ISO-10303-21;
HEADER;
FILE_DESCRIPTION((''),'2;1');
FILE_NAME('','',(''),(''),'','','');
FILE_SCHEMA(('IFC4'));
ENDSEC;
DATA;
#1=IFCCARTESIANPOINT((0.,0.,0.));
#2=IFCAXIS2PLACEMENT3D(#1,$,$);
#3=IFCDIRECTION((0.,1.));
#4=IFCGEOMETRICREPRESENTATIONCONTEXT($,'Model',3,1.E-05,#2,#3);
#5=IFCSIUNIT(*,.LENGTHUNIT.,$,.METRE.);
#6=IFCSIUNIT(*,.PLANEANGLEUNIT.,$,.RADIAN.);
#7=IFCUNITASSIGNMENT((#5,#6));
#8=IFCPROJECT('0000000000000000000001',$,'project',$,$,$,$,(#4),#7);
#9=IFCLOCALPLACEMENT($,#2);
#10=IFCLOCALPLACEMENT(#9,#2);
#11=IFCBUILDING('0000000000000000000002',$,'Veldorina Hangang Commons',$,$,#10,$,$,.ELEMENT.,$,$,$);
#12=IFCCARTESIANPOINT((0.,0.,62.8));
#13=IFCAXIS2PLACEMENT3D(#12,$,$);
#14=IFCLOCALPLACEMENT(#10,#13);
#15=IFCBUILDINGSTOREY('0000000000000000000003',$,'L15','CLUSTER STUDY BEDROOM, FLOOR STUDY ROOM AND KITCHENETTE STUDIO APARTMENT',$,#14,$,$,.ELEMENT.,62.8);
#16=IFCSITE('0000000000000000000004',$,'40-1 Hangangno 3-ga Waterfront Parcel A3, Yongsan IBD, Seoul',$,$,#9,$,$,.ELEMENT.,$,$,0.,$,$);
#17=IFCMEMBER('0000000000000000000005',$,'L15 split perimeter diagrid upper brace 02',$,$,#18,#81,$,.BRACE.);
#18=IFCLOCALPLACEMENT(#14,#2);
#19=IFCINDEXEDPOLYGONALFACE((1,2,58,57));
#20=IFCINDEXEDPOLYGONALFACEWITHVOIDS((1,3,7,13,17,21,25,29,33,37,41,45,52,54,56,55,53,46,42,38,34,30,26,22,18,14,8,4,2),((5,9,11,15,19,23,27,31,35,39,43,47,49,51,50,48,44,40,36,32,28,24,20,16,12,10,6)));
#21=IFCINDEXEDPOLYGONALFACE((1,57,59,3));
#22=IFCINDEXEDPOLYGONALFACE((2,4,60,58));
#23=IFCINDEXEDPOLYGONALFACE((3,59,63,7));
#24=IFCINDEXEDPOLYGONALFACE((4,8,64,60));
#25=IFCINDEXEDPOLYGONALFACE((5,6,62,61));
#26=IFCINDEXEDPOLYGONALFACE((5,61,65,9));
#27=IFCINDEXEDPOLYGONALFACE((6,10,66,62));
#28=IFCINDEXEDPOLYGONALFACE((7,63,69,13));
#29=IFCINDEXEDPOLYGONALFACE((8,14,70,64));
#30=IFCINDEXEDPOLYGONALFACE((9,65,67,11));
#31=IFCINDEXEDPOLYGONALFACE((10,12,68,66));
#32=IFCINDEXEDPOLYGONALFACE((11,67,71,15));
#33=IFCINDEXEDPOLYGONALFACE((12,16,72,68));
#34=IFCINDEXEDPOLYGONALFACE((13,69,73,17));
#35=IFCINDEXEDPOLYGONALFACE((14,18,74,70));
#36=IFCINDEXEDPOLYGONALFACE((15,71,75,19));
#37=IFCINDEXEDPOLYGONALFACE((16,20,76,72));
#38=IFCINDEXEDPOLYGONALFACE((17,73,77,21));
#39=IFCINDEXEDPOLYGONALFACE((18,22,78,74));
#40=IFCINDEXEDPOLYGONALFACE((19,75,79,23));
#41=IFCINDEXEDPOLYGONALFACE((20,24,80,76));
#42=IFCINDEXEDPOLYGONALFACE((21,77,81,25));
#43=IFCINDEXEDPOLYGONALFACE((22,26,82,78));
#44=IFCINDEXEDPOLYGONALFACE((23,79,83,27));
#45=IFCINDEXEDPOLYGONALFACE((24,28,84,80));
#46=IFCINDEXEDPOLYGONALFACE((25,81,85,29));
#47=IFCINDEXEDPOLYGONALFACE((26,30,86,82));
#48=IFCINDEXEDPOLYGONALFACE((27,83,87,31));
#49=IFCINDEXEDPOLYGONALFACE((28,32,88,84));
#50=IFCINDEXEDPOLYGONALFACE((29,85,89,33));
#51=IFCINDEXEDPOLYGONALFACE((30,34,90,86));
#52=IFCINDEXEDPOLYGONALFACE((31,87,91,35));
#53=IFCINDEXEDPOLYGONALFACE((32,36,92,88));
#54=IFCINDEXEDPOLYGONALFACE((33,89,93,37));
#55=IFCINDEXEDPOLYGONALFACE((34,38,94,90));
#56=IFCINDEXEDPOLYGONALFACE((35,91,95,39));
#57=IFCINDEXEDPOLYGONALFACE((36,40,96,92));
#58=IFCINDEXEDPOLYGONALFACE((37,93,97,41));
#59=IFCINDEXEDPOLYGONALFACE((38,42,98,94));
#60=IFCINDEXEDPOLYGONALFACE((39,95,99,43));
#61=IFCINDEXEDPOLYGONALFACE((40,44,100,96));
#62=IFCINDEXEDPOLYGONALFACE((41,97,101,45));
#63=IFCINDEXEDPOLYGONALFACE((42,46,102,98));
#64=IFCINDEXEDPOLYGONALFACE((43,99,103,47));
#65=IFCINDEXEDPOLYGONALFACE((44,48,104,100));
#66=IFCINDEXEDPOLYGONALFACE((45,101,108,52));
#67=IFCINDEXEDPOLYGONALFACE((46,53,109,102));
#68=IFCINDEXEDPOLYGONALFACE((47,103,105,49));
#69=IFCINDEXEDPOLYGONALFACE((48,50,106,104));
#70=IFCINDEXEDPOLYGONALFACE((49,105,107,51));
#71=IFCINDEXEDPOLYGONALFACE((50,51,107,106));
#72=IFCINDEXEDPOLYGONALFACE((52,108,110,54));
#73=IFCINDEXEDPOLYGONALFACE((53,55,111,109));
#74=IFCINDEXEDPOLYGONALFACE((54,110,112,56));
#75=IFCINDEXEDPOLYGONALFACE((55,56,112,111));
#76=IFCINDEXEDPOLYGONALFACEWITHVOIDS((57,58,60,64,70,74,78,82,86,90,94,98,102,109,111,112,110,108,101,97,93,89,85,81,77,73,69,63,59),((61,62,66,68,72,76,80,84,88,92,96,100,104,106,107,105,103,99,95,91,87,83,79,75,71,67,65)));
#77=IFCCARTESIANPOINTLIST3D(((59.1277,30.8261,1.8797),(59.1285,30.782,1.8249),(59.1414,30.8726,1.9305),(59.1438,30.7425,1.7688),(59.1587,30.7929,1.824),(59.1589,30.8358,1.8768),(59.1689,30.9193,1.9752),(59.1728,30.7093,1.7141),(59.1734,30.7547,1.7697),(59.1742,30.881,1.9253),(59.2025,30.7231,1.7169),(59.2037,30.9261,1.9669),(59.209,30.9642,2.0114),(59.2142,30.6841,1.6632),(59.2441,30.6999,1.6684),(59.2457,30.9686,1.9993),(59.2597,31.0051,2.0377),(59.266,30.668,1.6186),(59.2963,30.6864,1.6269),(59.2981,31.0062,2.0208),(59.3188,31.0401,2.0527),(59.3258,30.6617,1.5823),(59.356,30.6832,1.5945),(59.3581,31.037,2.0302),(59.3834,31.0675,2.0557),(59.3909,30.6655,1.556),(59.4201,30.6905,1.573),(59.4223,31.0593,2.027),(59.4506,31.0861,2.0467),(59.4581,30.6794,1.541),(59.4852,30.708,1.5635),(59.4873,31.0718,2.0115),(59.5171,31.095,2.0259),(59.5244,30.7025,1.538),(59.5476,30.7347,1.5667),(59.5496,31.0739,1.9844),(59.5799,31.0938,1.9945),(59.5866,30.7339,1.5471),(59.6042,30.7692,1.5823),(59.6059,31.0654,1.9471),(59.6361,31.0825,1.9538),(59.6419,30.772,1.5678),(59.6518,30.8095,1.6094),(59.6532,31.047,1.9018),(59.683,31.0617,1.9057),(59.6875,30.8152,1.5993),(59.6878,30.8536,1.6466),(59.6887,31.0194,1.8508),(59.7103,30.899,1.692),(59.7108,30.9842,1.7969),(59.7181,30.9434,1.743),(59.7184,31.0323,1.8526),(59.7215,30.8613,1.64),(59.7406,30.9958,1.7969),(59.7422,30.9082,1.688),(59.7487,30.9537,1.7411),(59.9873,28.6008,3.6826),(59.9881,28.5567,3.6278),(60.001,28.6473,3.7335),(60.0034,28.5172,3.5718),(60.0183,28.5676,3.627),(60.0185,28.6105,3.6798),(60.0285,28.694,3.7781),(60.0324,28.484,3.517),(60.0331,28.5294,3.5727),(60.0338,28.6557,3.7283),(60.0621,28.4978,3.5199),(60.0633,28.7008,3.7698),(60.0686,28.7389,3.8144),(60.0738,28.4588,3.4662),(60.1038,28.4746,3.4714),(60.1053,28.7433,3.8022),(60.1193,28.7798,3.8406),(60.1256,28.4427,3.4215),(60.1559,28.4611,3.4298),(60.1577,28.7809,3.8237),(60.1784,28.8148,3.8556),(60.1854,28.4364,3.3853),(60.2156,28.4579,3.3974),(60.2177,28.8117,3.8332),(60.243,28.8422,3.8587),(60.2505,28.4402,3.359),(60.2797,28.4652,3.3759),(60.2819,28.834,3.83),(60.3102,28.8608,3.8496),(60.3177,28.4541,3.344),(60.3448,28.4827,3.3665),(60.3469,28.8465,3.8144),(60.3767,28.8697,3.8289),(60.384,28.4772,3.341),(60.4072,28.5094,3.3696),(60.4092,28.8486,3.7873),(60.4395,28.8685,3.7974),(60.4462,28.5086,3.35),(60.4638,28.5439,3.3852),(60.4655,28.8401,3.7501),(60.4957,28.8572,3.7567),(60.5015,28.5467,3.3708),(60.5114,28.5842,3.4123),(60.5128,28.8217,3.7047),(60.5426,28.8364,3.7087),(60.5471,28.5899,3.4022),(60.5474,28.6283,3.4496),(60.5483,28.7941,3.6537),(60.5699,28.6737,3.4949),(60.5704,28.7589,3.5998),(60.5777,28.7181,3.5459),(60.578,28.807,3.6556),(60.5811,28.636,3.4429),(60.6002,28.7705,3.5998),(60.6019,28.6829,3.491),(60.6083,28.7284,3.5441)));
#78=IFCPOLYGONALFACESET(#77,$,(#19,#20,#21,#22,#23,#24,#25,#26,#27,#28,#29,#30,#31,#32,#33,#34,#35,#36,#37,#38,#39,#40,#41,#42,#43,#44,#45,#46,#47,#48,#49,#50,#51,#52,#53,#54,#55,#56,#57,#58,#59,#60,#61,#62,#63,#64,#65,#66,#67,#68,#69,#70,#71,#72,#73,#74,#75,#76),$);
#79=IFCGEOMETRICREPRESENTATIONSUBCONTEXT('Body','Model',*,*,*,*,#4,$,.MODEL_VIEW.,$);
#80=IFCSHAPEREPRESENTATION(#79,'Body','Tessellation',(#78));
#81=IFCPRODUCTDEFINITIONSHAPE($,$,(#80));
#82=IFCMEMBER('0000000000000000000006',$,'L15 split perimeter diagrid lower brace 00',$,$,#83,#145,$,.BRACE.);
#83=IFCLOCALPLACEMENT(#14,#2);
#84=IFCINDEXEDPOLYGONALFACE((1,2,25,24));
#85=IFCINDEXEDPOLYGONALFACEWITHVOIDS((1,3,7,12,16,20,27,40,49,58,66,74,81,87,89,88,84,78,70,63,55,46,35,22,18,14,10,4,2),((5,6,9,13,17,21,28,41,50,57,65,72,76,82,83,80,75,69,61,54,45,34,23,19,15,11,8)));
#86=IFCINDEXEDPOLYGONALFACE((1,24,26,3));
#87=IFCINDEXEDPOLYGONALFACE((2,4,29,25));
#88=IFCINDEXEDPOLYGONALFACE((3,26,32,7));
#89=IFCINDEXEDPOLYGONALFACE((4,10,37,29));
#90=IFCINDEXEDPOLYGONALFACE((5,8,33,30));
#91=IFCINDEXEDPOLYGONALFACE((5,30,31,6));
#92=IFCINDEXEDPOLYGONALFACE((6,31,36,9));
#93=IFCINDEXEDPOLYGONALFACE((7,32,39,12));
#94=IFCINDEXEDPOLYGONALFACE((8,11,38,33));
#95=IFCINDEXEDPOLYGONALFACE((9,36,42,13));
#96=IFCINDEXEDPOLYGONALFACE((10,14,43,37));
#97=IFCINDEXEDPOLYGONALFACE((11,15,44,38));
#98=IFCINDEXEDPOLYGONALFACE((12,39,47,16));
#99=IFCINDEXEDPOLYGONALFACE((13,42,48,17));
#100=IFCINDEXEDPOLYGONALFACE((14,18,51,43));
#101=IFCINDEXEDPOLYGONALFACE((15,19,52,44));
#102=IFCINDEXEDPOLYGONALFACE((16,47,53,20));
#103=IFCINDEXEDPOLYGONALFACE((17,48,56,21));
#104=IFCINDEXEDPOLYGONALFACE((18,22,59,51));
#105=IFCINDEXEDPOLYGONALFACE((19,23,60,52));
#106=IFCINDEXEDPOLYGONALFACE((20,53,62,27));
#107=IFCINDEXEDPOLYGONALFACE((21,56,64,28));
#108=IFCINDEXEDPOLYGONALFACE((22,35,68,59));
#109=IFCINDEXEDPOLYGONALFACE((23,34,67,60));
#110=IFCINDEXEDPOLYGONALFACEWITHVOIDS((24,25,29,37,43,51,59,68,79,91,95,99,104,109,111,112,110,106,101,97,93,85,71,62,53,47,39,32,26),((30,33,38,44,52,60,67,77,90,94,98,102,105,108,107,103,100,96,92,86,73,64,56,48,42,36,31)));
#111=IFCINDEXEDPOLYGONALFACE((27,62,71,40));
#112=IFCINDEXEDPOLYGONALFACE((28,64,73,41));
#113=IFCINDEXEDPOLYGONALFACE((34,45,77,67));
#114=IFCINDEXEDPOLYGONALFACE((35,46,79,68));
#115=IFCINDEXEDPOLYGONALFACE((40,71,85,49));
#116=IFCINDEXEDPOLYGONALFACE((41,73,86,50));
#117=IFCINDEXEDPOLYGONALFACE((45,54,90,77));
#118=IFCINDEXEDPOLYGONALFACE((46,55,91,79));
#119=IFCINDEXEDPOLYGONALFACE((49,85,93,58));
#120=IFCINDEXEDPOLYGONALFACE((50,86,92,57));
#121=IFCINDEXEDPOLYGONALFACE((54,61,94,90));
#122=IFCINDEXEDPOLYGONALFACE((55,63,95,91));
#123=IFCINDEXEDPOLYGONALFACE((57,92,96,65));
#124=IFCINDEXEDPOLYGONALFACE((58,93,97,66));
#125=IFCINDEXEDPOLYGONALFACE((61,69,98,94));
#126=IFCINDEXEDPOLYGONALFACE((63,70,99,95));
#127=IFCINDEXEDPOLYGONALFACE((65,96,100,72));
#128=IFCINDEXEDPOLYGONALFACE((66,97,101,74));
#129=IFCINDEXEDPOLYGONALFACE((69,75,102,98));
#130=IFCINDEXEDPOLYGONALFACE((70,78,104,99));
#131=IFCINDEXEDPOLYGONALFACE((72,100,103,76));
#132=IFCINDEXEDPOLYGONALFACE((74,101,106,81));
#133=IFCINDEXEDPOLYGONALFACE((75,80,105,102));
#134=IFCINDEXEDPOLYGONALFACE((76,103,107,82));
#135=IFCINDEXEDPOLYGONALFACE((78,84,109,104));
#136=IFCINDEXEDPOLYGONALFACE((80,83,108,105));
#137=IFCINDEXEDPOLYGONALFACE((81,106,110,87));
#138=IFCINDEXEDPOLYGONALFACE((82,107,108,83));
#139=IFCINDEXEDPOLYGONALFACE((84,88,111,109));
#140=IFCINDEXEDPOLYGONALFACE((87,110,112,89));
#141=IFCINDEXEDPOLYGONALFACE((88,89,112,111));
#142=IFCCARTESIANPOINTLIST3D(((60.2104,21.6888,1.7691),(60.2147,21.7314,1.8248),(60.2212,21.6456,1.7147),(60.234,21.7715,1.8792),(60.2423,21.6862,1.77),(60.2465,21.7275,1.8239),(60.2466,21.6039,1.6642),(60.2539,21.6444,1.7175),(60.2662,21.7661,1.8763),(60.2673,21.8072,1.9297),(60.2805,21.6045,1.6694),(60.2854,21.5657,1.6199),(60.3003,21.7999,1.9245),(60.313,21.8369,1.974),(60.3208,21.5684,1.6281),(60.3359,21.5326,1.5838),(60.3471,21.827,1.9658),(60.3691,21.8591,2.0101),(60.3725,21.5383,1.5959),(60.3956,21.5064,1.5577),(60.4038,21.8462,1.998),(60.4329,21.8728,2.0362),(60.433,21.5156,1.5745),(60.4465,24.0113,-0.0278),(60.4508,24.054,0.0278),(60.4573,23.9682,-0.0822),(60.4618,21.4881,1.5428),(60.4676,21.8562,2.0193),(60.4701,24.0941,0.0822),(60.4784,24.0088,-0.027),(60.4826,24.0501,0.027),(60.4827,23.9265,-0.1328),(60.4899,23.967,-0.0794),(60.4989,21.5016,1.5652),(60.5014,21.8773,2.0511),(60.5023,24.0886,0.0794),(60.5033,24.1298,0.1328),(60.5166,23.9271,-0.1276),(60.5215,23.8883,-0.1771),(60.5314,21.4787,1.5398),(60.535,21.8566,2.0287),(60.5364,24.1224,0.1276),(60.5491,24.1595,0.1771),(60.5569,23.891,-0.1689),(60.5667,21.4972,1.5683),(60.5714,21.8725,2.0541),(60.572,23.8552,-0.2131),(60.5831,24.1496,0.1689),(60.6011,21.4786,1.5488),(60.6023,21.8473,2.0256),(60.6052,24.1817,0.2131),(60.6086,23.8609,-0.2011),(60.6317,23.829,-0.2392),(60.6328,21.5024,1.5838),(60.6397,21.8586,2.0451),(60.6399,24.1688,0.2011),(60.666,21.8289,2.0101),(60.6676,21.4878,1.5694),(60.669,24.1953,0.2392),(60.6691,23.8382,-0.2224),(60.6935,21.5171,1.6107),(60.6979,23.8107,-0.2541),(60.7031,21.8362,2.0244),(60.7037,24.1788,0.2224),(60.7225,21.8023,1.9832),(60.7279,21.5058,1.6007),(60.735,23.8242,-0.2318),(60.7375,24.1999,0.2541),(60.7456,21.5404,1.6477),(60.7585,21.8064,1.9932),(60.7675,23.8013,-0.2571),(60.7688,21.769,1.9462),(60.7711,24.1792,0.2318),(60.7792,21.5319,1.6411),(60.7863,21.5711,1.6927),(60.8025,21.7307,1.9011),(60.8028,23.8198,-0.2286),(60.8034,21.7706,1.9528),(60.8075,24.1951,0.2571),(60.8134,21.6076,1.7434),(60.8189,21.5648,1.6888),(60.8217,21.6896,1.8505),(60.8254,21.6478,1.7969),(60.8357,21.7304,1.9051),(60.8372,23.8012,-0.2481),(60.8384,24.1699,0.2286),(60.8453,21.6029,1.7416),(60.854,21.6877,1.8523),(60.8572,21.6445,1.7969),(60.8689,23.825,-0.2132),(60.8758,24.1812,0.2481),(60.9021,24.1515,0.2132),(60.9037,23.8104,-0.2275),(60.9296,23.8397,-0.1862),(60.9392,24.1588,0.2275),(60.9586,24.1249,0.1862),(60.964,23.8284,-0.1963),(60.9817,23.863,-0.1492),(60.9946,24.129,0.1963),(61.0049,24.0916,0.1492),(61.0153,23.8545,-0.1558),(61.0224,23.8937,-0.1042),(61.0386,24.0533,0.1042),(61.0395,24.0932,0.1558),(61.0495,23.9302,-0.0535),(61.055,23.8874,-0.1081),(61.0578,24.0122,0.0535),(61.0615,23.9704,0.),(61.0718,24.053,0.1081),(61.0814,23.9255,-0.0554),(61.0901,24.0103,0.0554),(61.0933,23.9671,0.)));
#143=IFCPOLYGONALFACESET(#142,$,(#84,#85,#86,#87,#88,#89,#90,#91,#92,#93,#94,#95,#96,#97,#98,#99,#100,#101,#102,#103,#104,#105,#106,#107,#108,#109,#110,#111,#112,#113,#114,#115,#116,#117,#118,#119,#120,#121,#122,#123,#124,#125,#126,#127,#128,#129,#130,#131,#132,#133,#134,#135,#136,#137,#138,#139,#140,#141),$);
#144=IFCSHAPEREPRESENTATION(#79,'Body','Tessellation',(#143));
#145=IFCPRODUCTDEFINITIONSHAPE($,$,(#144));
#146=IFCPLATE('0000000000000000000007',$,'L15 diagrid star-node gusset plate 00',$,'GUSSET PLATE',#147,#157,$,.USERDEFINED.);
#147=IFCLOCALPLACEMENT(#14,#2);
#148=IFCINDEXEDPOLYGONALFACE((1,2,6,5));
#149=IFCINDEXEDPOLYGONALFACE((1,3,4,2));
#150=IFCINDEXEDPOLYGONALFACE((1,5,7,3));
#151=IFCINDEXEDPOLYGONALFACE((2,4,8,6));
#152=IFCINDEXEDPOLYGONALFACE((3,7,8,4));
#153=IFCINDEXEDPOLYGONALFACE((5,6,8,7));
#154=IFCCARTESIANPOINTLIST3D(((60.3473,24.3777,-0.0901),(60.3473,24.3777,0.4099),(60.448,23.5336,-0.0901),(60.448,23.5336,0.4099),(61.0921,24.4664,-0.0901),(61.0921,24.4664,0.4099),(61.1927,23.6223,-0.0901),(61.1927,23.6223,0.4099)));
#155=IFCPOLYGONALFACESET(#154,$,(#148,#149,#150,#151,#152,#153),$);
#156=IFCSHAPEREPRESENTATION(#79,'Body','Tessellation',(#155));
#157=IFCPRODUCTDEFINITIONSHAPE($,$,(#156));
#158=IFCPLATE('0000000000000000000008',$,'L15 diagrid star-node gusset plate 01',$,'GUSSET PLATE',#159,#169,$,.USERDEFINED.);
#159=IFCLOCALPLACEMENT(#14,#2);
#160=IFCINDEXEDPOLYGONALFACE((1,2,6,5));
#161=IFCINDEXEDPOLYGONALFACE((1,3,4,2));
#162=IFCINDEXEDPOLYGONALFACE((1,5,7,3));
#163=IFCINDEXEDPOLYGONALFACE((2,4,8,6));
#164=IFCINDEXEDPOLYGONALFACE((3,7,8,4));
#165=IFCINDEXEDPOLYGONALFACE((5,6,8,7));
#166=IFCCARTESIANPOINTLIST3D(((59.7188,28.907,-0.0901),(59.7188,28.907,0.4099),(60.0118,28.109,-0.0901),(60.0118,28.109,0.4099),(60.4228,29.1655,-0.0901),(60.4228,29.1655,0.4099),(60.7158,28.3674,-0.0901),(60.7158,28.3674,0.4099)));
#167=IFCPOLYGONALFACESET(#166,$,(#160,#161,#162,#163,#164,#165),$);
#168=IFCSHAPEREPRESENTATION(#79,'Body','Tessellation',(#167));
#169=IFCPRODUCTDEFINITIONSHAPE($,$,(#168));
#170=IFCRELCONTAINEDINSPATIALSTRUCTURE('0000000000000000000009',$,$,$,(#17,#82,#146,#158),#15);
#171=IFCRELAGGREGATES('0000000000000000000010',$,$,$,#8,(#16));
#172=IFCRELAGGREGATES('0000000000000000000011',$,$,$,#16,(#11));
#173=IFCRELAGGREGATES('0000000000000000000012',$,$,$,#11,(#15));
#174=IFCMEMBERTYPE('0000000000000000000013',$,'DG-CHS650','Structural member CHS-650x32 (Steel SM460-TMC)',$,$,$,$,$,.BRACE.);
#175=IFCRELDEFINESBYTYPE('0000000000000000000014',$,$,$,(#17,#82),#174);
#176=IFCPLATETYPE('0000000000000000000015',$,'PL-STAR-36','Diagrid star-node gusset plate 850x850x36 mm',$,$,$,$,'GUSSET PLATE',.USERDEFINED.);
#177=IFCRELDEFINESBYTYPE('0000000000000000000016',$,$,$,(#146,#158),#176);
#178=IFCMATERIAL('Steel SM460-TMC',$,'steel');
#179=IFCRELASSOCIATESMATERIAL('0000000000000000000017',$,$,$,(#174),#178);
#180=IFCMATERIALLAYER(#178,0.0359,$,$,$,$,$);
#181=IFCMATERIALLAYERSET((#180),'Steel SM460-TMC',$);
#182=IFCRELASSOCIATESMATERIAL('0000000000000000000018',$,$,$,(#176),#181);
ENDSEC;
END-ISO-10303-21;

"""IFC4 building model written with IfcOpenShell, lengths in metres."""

from ifc_helpers import new_model, si_unit, direction, frame, origin, origin_2d, place, context, subcontext, project, spatial, rectangle, hollow_circle, extrude, material, layer, layer_set, material_profile, profile_set, type_object, element, save


model = new_model("IFC4")

# Units and contexts
model_context = context("Model", 3, precision=1e-05, world=origin(), true_north=direction((0.0, 1.0)))
body_context = subcontext(model_context, "Body", "Model", "MODEL_VIEW")
ifc_project = project(units=[si_unit("LENGTHUNIT", "METRE"), si_unit("PLANEANGLEUNIT", "RADIAN")], contexts=[model_context])

# Site, building, storey
site_placement = place(None, origin())
site = spatial("IfcSite", under=ifc_project, at=site_placement, Name="40-1 Hangangno 3-ga Waterfront Parcel A3, Yongsan IBD, Seoul", CompositionType="ELEMENT", RefElevation=0.0)
building_placement = place(site_placement, origin())
building = spatial("IfcBuilding", under=site, at=building_placement, Name="Veldorina Hangang Commons", CompositionType="ELEMENT")
storey_placement = place(building_placement, frame((0.0, 0.0, 62.8)))
storey = spatial("IfcBuildingStorey", under=building, at=storey_placement, Name="L15", Description="CLUSTER STUDY BEDROOM, FLOOR STUDY ROOM AND KITCHENETTE STUDIO APARTMENT", CompositionType="ELEMENT", Elevation=62.8)

# Members
ifc_material_1 = material(Name="Steel SM460-TMC", Category="steel")
ifc_material_profile_1 = material_profile(ifc_material_1, hollow_circle(Radius=0.325, WallThickness=0.032, at=origin_2d()), Name="CHS-650x32")
ifc_profile_set_1 = profile_set([ifc_material_profile_1], Name="Steel SM460-TMC")
member_type = type_object("IfcMemberType", Name="DG-CHS650", Description="Structural member CHS-650x32 (Steel SM460-TMC)", PredefinedType="BRACE", material=ifc_profile_set_1)
member_1_placement = place(storey_placement, frame((59.4375, 30.8787, 1.7969), z_axis=(0.28747, -0.74419, 0.602945), x_axis=(0.932822, 0.360337, 0.0)))
element("IfcMember", 1, at=member_1_placement, inside=storey, type_object=member_type, Name="L15 split perimeter diagrid upper brace 02", PredefinedType="BRACE", context=body_context, shape_type="SweptSolid", body=[
    extrude(hollow_circle(Radius=0.325, WallThickness=0.032, at=origin_2d()), origin(), (0.0, 0.0, 1.0), 2.9902),
])
member_2_placement = place(storey_placement, frame((60.77, 24.0, 0.0), z_axis=(-0.080139, -0.788377, 0.60995), x_axis=(0.994873, -0.101129, 0.0)))
element("IfcMember", 2, at=member_2_placement, inside=storey, type_object=member_type, Name="L15 split perimeter diagrid lower brace 00", PredefinedType="BRACE", context=body_context, shape_type="SweptSolid", body=[
    extrude(hollow_circle(Radius=0.325, WallThickness=0.032, at=origin_2d()), origin(), (0.0, 0.0, 1.0), 2.946),
])

# Plates
ifc_layer_1 = layer(ifc_material_1, 0.0359)
ifc_layer_set_1 = layer_set([ifc_layer_1], Name="Steel SM460-TMC")
plate_type = type_object("IfcPlateType", Name="PL-STAR-36", Description="Diagrid star-node gusset plate 850x850x36 mm", ElementType="GUSSET PLATE", PredefinedType="USERDEFINED", material=ifc_layer_set_1)
for number, where, z_axis, x_axis, name in (
    (3, (60.77, 24.0, -0.0901), (0.0, 0.0, 1.0), (-0.118369, 0.99297, 0.0), "L15 diagrid star-node gusset plate 00"),
    (4, (60.2173, 28.6372, -0.0901), (0.0, 0.0, 1.0), (-0.344659, 0.938728, 0.0), "L15 diagrid star-node gusset plate 01"),
):
    element("IfcPlate", number, at=place(storey_placement, frame(where, z_axis=z_axis, x_axis=x_axis)), inside=storey, type_object=plate_type, Name=name, ObjectType="GUSSET PLATE", PredefinedType="USERDEFINED", context=body_context, shape_type="SweptSolid", body=[
        extrude(rectangle(XDim=0.8501, YDim=0.75, at=origin_2d()), origin(), (0.0, 0.0, 1.0), 0.5),
    ])

save(model, "model.ifc")
